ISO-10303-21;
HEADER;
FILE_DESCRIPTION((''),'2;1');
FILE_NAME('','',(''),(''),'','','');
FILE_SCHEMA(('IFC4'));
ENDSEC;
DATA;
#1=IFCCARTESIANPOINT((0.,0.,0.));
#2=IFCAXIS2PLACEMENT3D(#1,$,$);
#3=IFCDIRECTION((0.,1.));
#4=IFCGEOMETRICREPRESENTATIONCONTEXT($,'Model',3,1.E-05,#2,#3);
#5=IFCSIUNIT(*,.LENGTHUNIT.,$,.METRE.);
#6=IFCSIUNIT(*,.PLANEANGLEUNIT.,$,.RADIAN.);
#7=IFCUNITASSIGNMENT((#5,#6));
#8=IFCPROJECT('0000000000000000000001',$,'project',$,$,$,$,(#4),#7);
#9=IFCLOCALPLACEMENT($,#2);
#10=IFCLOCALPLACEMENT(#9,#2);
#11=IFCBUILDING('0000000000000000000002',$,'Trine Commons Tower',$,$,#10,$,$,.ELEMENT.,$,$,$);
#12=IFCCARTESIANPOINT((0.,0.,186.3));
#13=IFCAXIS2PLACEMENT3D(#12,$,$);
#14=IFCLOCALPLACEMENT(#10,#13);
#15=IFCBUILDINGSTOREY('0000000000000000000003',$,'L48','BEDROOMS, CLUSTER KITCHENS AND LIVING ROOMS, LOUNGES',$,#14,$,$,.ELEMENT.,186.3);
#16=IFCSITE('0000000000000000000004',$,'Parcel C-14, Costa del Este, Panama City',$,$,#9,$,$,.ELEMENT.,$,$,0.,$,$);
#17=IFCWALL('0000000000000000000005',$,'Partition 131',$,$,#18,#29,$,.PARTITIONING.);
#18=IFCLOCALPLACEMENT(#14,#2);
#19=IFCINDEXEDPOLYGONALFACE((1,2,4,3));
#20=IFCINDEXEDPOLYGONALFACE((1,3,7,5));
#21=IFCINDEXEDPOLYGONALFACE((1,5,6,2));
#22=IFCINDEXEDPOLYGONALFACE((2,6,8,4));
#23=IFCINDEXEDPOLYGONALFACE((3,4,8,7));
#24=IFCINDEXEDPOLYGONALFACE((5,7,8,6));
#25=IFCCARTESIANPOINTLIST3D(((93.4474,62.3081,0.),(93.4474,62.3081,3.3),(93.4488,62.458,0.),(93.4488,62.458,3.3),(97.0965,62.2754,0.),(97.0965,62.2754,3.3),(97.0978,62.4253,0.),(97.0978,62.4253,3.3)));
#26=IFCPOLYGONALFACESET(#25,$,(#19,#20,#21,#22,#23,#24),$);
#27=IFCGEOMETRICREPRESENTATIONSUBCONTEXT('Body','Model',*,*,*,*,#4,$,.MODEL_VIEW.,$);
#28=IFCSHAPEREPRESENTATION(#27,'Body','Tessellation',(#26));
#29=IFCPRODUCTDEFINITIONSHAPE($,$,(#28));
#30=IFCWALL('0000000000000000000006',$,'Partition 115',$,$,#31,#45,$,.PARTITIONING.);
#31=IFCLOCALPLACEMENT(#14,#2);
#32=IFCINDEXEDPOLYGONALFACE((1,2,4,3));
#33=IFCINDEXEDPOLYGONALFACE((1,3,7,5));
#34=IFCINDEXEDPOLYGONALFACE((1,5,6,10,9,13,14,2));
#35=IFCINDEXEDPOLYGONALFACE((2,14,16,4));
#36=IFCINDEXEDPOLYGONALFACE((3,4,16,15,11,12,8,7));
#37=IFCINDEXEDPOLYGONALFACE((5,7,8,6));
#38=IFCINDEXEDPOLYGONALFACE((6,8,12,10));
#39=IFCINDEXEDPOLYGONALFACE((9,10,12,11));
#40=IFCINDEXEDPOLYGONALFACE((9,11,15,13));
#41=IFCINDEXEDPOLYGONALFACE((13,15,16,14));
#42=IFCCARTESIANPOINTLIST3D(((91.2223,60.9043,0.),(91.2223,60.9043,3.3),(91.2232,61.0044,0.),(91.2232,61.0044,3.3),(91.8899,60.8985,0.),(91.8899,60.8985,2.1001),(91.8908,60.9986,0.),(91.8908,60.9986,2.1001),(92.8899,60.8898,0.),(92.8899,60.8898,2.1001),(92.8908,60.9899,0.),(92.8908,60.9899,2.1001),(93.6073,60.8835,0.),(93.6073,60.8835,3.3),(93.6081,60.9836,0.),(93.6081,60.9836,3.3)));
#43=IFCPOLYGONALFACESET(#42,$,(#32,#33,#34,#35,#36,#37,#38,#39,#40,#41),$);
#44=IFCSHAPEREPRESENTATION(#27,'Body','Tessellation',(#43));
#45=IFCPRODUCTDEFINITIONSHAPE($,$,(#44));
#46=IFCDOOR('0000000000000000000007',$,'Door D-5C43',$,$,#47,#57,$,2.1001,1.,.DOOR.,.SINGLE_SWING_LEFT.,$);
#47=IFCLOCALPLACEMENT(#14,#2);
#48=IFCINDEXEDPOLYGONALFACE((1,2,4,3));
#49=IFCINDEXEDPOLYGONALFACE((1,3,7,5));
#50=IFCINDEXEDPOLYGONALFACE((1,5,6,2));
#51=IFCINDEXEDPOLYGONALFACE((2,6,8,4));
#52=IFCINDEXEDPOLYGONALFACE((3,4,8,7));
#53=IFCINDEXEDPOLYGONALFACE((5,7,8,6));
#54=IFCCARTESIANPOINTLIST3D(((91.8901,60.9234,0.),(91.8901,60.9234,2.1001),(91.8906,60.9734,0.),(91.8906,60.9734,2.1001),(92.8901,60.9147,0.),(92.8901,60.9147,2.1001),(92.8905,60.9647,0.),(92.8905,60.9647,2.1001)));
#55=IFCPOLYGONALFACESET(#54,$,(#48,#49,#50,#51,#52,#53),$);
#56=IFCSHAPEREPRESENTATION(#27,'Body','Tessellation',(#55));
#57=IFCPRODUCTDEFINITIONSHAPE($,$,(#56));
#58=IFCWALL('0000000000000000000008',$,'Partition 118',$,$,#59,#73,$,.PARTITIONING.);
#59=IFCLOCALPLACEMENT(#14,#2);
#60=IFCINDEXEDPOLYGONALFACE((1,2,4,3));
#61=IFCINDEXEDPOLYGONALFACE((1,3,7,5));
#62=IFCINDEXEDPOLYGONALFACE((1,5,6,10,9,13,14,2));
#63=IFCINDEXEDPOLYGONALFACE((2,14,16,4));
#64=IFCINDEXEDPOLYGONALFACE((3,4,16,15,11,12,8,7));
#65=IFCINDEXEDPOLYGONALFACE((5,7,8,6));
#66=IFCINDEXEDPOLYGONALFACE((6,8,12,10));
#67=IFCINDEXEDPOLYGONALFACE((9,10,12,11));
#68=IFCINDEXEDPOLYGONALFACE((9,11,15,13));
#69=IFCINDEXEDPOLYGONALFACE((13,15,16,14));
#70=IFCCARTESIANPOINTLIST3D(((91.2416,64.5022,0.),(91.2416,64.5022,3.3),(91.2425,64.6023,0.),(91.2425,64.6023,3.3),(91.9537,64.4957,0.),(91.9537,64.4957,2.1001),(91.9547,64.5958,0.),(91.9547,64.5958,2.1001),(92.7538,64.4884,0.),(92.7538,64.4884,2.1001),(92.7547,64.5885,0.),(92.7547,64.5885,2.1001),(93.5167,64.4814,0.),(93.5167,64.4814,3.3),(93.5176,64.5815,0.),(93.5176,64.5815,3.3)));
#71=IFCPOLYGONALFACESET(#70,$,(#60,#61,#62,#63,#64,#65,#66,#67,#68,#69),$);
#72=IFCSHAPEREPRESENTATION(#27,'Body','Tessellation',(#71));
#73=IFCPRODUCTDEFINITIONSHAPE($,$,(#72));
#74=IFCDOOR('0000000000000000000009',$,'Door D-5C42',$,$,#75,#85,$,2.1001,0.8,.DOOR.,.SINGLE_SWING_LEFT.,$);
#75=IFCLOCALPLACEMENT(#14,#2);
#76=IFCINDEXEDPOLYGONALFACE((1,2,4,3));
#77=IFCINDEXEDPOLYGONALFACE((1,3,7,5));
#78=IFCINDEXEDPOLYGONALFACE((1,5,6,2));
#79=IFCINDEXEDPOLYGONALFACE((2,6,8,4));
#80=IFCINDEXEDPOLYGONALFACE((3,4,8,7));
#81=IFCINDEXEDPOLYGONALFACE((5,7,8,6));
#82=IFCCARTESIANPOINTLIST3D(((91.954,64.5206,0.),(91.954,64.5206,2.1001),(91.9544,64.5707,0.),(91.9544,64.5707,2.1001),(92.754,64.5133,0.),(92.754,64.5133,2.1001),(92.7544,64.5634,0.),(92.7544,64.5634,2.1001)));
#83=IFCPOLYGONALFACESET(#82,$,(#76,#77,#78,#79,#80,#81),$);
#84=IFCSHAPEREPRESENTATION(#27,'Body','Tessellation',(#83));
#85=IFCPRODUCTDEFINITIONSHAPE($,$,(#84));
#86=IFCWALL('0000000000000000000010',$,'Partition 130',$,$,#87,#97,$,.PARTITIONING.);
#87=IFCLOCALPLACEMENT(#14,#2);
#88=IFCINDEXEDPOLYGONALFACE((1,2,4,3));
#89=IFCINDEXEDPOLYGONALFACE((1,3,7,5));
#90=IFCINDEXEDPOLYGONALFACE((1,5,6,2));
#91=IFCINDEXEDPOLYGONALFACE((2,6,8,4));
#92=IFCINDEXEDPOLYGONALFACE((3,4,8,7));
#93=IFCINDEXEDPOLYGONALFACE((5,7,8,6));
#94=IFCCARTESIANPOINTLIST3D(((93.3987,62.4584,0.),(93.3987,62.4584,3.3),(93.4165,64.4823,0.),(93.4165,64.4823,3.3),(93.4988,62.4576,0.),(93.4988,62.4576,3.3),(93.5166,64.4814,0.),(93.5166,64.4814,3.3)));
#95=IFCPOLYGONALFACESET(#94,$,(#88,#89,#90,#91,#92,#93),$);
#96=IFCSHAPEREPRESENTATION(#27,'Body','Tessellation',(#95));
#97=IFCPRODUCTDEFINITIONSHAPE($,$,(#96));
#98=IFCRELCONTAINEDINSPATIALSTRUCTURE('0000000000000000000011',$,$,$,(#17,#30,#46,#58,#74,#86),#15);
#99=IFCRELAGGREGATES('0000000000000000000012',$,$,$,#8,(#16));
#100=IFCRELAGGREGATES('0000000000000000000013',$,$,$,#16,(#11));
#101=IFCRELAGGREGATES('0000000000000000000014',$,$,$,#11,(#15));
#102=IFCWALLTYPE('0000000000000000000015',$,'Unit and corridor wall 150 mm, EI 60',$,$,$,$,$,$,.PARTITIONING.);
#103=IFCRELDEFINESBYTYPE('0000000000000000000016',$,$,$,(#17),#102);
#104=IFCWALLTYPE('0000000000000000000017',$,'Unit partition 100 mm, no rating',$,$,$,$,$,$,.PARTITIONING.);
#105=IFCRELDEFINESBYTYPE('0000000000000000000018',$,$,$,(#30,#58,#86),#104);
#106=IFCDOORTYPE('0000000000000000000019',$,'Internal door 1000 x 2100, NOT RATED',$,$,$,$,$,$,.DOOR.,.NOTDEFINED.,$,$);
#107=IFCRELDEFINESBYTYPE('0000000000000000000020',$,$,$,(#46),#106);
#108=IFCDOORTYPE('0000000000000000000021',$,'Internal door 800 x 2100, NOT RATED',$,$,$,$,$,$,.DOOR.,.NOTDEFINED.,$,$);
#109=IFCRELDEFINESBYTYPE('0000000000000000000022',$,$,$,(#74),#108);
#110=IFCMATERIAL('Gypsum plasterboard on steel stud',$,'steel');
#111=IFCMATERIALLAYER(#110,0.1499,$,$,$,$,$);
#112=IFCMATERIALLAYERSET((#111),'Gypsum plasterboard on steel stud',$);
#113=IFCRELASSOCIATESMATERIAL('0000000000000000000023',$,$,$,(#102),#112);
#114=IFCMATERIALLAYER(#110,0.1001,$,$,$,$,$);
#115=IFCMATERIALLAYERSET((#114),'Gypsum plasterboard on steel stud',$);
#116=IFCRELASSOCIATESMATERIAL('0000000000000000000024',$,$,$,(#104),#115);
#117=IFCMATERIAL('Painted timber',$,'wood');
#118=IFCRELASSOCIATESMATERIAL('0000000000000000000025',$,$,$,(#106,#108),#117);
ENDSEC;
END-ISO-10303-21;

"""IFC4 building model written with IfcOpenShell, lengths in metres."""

from ifc_helpers import new_model, si_unit, direction, frame, frame_2d, origin, place, context, subcontext, project, spatial, rectangle, extrude, material, layer, layer_set, type_object, element, fill, save


model = new_model("IFC4")

# Units and contexts
model_context = context("Model", 3, precision=1e-05, world=origin(), true_north=direction((0.0, 1.0)))
body_context = subcontext(model_context, "Body", "Model", "MODEL_VIEW")
ifc_project = project(units=[si_unit("LENGTHUNIT", "METRE"), si_unit("PLANEANGLEUNIT", "RADIAN")], contexts=[model_context])

# Site, building, storey
site_placement = place(None, origin())
site = spatial("IfcSite", under=ifc_project, at=site_placement, Name="Parcel C-14, Costa del Este, Panama City", CompositionType="ELEMENT", RefElevation=0.0)
building_placement = place(site_placement, origin())
building = spatial("IfcBuilding", under=site, at=building_placement, Name="Trine Commons Tower", CompositionType="ELEMENT")
storey_placement = place(building_placement, frame((0.0, 0.0, 186.3)))
storey = spatial("IfcBuildingStorey", under=building, at=storey_placement, Name="L48", Description="BEDROOMS, CLUSTER KITCHENS AND LIVING ROOMS, LOUNGES", CompositionType="ELEMENT", Elevation=186.3)

# Shared definitions
ifc_material_1 = material(Name="Gypsum plasterboard on steel stud", Category="steel")
ifc_layer_1 = layer(ifc_material_1, 0.1499)
ifc_layer_set_1 = layer_set([ifc_layer_1], Name="Gypsum plasterboard on steel stud")
wall_type_1 = type_object("IfcWallType", Name="Unit and corridor wall 150 mm, EI 60", PredefinedType="PARTITIONING", material=ifc_layer_set_1)

# Shared definitions
ifc_material_2 = material(Name="Painted timber", Category="wood")

# Wall
wall_1_placement = place(storey_placement, frame((93.448, 62.3831, 0.0), z_axis=(0.0, 0.0, 1.0), x_axis=(0.99996, -0.008965, 0.0)))
element("IfcWall", 1, at=wall_1_placement, inside=storey, type_object=wall_type_1, Name="Partition 131", PredefinedType="PARTITIONING", context=body_context, shape_type="SweptSolid", body=[
    extrude(rectangle(XDim=3.6492, YDim=0.1499, at=frame_2d((1.8247, 0.0))), origin(), (0.0, 0.0, 1.0), 3.3),
])

# Walls, openings, doors
ifc_layer_2 = layer(ifc_material_1, 0.1001)
ifc_layer_set_2 = layer_set([ifc_layer_2], Name="Gypsum plasterboard on steel stud")
wall_type_2 = type_object("IfcWallType", Name="Unit partition 100 mm, no rating", PredefinedType="PARTITIONING", material=ifc_layer_set_2)
wall_2_placement = place(storey_placement, frame((91.2229, 60.9543, 0.0), z_axis=(0.0, 0.0, 1.0), x_axis=(0.999962, -0.008701, 0.0)))
wall_2 = element("IfcWall", 2, at=wall_2_placement, inside=storey, type_object=wall_type_2, Name="Partition 115", PredefinedType="PARTITIONING", context=body_context, shape_type="SweptSolid", body=[
    extrude(rectangle(XDim=2.385, YDim=0.1001, at=frame_2d((1.1924, 0.0))), origin(), (0.0, 0.0, 1.0), 3.3),
])
opening_1_placement = place(wall_2_placement, frame((0.6675, 0.0, 0.0)))
opening_1 = element("IfcOpeningElement", 3, at=opening_1_placement, cuts=wall_2, PredefinedType="OPENING", context=body_context, shape_type="SweptSolid", body=[
    extrude(rectangle(XDim=1.0, YDim=2.1001, at=frame_2d((0.5, 1.05))), frame((0.0, 0.0601, 0.0), z_axis=(0.0, -1.0, 0.0), x_axis=(1.0, 0.0, 0.0)), (0.0, 0.0, 1.0), 0.1201),
])
door_type_1 = type_object("IfcDoorType", Name="Internal door 1000 x 2100, NOT RATED", OperationType="NOTDEFINED", PredefinedType="DOOR", material=ifc_material_2)
door_1_placement = place(opening_1_placement, origin())
door_1 = element("IfcDoor", 4, at=door_1_placement, inside=storey, type_object=door_type_1, Name="Door D-5C43", OperationType="SINGLE_SWING_LEFT", OverallHeight=2.1001, OverallWidth=1.0, PredefinedType="DOOR", context=body_context, shape_type="SweptSolid", body=[
    extrude(rectangle(XDim=1.0, YDim=2.1001, at=frame_2d((0.5, 1.05))), frame((0.0, 0.0249, 0.0), z_axis=(0.0, -1.0, 0.0), x_axis=(1.0, 0.0, 0.0)), (0.0, 0.0, 1.0), 0.05),
])
fill(opening_1, door_1)
wall_3_placement = place(storey_placement, frame((91.2419, 64.5522, 0.0), z_axis=(0.0, 0.0, 1.0), x_axis=(0.999958, -0.009121, 0.0)))
wall_3 = element("IfcWall", 5, at=wall_3_placement, inside=storey, type_object=wall_type_2, Name="Partition 118", PredefinedType="PARTITIONING", context=body_context, shape_type="SweptSolid", body=[
    extrude(rectangle(XDim=2.2751, YDim=0.1001, at=frame_2d((1.1377, 0.0))), origin(), (0.0, 0.0, 1.0), 3.3),
])
opening_2_placement = place(wall_3_placement, frame((0.7124, 0.0, 0.0)))
opening_2 = element("IfcOpeningElement", 6, at=opening_2_placement, cuts=wall_3, PredefinedType="OPENING", context=body_context, shape_type="SweptSolid", body=[
    extrude(rectangle(XDim=0.8, YDim=2.1001, at=frame_2d((0.3999, 1.05))), frame((0.0, 0.0601, 0.0), z_axis=(0.0, -1.0, 0.0), x_axis=(1.0, 0.0, 0.0)), (0.0, 0.0, 1.0), 0.1201),
])
door_type_2 = type_object("IfcDoorType", Name="Internal door 800 x 2100, NOT RATED", OperationType="NOTDEFINED", PredefinedType="DOOR", material=ifc_material_2)
door_2_placement = place(opening_2_placement, origin())
door_2 = element("IfcDoor", 7, at=door_2_placement, inside=storey, type_object=door_type_2, Name="Door D-5C42", OperationType="SINGLE_SWING_LEFT", OverallHeight=2.1001, OverallWidth=0.8, PredefinedType="DOOR", context=body_context, shape_type="SweptSolid", body=[
    extrude(rectangle(XDim=0.8, YDim=2.1001, at=frame_2d((0.3999, 1.05))), frame((0.0, 0.0249, 0.0), z_axis=(0.0, -1.0, 0.0), x_axis=(1.0, 0.0, 0.0)), (0.0, 0.0, 1.0), 0.05),
])
fill(opening_2, door_2)

# Wall
wall_4_placement = place(storey_placement, frame((93.4487, 62.458, 0.0), z_axis=(0.0, 0.0, 1.0), x_axis=(0.008805, 0.999961, 0.0)))
element("IfcWall", 8, at=wall_4_placement, inside=storey, type_object=wall_type_2, Name="Partition 130", PredefinedType="PARTITIONING", context=body_context, shape_type="SweptSolid", body=[
    extrude(rectangle(XDim=2.0239, YDim=0.1001, at=frame_2d((1.012, 0.0))), origin(), (0.0, 0.0, 1.0), 3.3),
])

save(model, "model.ifc")
